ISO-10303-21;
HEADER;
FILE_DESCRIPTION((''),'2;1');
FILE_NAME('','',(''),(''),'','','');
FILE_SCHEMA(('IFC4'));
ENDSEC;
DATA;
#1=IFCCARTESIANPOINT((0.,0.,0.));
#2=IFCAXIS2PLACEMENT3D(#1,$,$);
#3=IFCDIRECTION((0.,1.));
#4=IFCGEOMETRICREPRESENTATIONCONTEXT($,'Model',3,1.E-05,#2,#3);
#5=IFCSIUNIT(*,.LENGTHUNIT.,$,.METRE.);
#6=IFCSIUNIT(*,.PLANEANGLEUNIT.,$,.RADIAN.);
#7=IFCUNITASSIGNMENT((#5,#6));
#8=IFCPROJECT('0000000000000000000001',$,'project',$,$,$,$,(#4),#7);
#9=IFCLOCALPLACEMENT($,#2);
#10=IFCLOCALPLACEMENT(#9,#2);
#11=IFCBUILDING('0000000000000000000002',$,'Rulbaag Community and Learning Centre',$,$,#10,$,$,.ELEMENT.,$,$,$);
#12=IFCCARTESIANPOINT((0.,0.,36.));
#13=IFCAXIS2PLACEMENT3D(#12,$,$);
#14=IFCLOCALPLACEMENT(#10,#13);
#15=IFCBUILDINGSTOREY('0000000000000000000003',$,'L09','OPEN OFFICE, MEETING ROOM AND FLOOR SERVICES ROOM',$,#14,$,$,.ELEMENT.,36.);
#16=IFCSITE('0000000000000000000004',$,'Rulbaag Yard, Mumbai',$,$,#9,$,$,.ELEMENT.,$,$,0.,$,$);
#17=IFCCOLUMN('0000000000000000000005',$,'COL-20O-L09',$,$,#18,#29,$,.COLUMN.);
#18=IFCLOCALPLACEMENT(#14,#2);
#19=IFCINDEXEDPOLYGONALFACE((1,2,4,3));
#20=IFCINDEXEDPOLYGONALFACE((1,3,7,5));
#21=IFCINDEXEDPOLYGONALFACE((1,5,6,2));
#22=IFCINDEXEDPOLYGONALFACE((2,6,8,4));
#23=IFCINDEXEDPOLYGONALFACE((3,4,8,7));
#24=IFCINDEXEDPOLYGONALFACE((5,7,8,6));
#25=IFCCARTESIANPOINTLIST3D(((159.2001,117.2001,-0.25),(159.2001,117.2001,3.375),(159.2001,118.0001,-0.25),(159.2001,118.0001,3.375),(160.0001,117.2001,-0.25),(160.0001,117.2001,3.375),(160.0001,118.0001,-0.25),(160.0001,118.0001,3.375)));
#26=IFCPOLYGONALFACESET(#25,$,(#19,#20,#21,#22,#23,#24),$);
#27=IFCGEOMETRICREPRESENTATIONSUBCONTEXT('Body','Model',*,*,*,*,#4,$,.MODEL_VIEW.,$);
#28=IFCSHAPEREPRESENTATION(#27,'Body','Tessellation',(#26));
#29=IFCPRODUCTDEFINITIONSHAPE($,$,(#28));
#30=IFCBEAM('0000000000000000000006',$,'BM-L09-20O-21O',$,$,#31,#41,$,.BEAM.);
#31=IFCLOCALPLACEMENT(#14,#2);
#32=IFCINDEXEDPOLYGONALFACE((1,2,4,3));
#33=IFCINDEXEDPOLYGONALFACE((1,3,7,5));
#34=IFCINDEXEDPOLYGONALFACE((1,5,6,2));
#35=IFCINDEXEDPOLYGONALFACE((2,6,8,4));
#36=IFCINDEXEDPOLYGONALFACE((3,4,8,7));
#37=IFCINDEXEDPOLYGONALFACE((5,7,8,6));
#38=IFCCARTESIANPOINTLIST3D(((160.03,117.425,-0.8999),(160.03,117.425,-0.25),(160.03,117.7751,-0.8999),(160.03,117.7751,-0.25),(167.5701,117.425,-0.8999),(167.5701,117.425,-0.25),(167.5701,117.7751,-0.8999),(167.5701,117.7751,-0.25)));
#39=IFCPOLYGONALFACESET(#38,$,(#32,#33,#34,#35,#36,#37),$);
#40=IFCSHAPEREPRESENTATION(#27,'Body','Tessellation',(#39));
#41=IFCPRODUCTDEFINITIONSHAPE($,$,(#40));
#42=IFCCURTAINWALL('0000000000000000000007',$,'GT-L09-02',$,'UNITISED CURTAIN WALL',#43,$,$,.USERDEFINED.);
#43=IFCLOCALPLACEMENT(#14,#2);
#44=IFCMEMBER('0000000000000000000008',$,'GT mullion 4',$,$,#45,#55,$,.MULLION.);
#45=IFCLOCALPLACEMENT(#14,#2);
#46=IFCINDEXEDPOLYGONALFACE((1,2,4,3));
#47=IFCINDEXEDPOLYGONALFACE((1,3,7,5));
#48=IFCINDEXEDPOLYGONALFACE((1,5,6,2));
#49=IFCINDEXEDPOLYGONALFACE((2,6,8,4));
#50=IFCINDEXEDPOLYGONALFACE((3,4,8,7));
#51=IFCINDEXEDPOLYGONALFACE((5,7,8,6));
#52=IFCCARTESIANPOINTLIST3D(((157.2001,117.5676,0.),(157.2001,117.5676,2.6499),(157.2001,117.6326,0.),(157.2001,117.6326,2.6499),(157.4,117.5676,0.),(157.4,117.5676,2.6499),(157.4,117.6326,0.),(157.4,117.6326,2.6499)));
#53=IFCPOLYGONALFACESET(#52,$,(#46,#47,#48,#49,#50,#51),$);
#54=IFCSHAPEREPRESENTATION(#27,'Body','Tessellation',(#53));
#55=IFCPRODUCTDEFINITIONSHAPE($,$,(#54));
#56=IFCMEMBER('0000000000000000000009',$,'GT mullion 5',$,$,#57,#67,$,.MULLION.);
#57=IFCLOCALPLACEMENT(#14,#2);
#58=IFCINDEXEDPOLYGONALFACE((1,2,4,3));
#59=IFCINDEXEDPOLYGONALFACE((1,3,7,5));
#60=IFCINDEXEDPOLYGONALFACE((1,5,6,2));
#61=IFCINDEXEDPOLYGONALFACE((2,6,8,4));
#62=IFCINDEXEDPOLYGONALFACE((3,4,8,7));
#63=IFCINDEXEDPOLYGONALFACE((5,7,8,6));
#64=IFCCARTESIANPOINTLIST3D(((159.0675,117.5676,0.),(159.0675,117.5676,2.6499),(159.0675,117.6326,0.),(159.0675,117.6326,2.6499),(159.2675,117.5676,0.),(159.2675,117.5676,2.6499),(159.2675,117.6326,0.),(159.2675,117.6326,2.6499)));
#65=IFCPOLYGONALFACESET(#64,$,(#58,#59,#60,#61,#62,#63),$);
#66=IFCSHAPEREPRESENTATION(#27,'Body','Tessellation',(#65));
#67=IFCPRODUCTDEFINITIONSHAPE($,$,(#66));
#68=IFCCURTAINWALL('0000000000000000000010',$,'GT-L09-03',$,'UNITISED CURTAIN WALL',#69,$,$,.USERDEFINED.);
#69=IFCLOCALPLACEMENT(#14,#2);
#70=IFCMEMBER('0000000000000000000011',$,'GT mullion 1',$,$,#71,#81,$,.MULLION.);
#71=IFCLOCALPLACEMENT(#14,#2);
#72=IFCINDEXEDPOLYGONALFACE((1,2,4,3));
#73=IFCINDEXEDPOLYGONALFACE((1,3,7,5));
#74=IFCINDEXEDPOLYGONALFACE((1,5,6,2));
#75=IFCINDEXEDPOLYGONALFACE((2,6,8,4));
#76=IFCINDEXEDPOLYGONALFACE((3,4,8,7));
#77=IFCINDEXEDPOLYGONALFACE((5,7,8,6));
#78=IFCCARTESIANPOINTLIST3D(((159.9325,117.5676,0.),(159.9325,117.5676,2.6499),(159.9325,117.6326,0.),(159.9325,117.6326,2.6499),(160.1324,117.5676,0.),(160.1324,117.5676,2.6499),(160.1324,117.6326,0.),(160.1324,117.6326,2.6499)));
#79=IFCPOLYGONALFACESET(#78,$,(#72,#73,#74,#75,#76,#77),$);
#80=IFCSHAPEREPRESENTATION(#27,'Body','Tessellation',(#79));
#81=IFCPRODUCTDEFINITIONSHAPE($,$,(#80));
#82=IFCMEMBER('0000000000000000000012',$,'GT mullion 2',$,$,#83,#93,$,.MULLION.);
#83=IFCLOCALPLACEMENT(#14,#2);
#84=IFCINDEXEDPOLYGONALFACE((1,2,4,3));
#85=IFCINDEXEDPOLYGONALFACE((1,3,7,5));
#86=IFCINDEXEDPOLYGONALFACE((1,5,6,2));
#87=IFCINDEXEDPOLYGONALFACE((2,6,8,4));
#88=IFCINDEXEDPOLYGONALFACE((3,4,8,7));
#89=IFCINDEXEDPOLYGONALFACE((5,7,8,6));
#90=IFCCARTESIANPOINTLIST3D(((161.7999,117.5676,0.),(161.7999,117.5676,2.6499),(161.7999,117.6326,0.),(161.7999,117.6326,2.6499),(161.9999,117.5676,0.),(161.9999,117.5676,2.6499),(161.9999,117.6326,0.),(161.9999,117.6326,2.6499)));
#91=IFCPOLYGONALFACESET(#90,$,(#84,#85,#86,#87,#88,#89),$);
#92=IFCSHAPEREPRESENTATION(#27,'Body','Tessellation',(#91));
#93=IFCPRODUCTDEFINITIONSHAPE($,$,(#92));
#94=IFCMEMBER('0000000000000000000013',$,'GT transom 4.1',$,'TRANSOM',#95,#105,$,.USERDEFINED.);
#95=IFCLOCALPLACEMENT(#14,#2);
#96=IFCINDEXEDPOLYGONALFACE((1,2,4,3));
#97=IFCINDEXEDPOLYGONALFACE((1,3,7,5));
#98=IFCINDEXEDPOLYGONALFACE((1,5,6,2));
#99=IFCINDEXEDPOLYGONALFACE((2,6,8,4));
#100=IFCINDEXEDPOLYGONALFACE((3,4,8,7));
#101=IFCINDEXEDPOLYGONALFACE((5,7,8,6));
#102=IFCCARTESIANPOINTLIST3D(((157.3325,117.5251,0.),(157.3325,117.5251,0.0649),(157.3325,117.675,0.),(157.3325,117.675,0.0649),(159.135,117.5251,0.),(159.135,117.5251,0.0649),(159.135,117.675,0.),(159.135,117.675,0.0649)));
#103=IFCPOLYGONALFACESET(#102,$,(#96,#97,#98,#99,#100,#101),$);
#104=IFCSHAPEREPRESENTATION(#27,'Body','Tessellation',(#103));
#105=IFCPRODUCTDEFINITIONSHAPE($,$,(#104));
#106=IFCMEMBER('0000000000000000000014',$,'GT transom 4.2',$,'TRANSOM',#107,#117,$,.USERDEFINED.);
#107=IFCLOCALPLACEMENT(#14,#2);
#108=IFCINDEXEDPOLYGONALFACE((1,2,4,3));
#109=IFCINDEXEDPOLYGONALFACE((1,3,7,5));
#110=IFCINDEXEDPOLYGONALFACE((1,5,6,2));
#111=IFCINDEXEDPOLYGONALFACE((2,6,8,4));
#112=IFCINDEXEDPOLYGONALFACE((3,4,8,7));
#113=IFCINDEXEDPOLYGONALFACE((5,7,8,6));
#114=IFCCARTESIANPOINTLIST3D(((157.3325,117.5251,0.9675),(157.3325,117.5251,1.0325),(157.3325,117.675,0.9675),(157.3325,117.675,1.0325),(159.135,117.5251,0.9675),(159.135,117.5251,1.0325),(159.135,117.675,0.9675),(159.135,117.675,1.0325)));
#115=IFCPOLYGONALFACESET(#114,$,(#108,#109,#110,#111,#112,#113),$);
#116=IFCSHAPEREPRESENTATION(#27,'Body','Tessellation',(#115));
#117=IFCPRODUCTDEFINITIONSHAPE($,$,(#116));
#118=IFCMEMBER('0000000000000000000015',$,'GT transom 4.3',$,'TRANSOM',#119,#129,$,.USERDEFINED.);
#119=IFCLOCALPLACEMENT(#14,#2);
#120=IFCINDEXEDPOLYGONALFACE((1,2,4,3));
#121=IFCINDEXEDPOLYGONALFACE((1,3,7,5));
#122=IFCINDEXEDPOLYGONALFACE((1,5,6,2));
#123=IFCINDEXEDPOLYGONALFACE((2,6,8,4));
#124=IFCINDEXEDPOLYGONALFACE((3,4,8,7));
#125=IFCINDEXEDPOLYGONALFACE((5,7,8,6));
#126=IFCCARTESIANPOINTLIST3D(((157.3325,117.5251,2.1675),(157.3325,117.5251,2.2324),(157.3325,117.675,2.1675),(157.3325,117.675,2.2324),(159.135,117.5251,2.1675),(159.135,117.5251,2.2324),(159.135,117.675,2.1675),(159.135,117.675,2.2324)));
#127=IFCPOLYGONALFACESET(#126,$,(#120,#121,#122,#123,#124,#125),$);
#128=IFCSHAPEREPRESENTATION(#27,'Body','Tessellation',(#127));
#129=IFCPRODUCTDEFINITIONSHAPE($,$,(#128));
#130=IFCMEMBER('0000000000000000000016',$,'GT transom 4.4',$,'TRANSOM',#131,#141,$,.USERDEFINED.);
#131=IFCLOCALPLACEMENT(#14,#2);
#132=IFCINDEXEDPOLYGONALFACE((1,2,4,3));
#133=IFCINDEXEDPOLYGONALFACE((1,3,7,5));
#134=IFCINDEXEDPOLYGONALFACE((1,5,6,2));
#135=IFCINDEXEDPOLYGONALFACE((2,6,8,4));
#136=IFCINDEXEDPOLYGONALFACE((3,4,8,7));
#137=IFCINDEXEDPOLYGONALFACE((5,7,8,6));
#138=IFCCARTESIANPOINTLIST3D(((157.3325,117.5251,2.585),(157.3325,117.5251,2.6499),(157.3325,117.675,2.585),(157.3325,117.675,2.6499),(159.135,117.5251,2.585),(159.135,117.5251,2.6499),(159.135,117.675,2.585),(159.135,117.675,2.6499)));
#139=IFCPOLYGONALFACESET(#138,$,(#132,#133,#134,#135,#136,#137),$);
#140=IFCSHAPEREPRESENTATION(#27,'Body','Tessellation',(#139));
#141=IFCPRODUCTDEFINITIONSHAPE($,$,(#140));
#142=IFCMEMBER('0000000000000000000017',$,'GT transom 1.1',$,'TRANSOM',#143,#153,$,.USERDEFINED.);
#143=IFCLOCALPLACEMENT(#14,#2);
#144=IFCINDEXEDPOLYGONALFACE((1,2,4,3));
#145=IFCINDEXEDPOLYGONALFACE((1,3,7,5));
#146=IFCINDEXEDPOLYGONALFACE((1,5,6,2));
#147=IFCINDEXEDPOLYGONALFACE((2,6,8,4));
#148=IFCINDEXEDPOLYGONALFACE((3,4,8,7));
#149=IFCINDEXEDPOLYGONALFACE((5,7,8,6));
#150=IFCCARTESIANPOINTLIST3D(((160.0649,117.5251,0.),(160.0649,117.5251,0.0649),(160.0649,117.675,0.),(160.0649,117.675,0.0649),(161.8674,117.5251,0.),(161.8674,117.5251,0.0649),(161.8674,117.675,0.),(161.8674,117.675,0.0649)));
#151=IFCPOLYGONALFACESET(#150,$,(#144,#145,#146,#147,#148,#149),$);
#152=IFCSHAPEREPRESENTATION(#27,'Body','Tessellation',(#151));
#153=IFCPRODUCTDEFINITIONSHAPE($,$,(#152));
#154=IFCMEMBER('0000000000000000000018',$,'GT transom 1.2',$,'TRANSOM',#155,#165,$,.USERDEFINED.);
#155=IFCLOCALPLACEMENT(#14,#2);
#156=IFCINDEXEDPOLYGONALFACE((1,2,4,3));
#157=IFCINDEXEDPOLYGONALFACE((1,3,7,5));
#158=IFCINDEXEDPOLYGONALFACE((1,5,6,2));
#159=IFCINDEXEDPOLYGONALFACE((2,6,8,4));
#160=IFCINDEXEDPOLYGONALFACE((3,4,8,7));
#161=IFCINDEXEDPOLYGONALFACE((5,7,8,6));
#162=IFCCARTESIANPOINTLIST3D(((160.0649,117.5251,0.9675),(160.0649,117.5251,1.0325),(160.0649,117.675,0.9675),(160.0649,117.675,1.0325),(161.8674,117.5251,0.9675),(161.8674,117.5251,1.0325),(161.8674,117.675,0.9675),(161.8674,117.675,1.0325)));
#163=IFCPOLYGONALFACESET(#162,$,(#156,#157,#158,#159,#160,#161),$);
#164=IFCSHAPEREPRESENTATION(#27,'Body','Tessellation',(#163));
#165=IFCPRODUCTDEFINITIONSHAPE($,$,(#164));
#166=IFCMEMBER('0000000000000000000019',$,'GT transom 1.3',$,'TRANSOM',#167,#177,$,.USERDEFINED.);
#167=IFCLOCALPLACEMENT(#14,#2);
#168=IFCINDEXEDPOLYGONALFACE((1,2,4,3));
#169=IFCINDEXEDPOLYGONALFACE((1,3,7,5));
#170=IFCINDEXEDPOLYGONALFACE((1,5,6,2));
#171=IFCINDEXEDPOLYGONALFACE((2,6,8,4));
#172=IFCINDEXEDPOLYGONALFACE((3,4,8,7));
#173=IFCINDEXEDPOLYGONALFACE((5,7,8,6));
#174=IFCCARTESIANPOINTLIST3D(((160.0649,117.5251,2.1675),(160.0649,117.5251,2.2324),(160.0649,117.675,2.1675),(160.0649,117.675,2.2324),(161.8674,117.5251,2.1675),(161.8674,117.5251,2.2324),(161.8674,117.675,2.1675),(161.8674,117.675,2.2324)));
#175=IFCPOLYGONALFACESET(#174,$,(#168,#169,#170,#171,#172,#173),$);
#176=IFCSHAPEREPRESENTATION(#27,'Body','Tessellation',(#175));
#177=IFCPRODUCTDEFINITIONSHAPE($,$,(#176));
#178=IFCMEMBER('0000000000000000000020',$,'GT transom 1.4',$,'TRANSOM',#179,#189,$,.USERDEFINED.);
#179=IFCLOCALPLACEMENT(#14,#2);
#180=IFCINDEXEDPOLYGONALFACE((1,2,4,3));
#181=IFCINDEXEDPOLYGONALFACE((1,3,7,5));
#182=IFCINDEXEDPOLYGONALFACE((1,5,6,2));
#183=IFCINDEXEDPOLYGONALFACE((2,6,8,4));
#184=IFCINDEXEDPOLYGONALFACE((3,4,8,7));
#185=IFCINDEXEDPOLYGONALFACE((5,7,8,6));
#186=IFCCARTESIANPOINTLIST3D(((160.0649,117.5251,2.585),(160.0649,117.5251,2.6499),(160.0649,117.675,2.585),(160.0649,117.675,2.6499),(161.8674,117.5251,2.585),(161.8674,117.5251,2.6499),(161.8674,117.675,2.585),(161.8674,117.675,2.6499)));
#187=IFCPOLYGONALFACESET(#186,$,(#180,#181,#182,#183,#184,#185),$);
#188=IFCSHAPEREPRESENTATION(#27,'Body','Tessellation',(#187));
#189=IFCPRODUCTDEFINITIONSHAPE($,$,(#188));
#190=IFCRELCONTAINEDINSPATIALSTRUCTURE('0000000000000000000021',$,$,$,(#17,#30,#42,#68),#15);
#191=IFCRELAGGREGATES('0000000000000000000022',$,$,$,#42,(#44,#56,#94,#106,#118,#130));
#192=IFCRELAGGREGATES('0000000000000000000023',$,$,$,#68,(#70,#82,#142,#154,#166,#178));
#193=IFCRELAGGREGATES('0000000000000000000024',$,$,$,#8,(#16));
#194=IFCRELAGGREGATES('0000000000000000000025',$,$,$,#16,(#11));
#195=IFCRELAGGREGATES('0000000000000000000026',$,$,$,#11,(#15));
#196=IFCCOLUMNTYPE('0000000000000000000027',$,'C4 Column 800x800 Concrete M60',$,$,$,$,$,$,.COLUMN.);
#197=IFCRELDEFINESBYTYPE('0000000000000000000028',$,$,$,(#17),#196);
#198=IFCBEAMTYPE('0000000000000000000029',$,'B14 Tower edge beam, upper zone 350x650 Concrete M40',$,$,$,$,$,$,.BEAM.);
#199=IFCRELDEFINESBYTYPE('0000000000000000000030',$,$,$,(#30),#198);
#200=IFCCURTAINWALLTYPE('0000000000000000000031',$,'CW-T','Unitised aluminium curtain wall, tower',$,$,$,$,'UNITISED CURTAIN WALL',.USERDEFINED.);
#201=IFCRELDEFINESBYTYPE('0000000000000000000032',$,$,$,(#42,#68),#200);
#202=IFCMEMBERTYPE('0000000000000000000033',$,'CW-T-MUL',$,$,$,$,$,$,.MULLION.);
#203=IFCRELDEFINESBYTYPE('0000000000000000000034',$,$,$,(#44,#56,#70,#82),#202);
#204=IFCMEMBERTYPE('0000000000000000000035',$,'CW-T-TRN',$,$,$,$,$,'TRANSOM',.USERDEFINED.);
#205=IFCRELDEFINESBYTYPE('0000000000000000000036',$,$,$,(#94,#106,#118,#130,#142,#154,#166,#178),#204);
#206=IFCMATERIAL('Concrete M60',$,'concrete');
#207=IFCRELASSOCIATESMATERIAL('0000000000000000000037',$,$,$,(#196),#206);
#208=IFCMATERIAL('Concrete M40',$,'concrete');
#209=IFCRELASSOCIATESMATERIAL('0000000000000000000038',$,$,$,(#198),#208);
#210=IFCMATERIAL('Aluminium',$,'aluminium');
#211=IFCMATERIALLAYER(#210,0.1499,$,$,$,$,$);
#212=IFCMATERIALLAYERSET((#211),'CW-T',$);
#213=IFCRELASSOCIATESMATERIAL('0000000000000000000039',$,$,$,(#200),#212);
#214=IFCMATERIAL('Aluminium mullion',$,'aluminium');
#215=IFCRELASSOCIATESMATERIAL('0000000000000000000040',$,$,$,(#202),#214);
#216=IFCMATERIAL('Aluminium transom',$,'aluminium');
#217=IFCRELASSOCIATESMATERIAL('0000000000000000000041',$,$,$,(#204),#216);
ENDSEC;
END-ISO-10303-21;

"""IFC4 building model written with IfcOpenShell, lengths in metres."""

from ifc_helpers import new_model, si_unit, direction, frame, origin, origin_2d, place, context, subcontext, project, spatial, rectangle, extrude, material, layer, layer_set, material_profile, profile_set, type_object, element, aggregate, save


model = new_model("IFC4")

# Units and contexts
model_context = context("Model", 3, precision=1e-05, world=origin(), true_north=direction((0.0, 1.0)))
body_context = subcontext(model_context, "Body", "Model", "MODEL_VIEW")
ifc_project = project(units=[si_unit("LENGTHUNIT", "METRE"), si_unit("PLANEANGLEUNIT", "RADIAN")], contexts=[model_context])

# Site, building, storey
site_placement = place(None, origin())
site = spatial("IfcSite", under=ifc_project, at=site_placement, Name="Rulbaag Yard, Mumbai", CompositionType="ELEMENT", RefElevation=0.0)
building_placement = place(site_placement, origin())
building = spatial("IfcBuilding", under=site, at=building_placement, Name="Rulbaag Community and Learning Centre", CompositionType="ELEMENT")
storey_placement = place(building_placement, frame((0.0, 0.0, 36.0)))
storey = spatial("IfcBuildingStorey", under=building, at=storey_placement, Name="L09", Description="OPEN OFFICE, MEETING ROOM AND FLOOR SERVICES ROOM", CompositionType="ELEMENT", Elevation=36.0)

# Column
ifc_material_1 = material(Name="Concrete M60", Category="concrete")
ifc_material_profile_1 = material_profile(ifc_material_1, rectangle(XDim=0.8, YDim=0.8, at=origin_2d()), Name="RC800x800")
ifc_profile_set_1 = profile_set([ifc_material_profile_1], Name="Concrete M60")
column_type = type_object("IfcColumnType", Name="C4 Column 800x800 Concrete M60", PredefinedType="COLUMN", material=ifc_profile_set_1)
column_placement = place(storey_placement, frame((159.6001, 117.6001, -0.25), z_axis=(0.0, 0.0, 1.0), x_axis=(1.0, 0.0, 0.0)))
element("IfcColumn", 1, at=column_placement, inside=storey, type_object=column_type, Name="COL-20O-L09", PredefinedType="COLUMN", context=body_context, shape_type="SweptSolid", body=[
    extrude(rectangle(XDim=0.8, YDim=0.8, at=origin_2d()), origin(), (0.0, 0.0, 1.0), 3.625),
])

# Beam
ifc_material_2 = material(Name="Concrete M40", Category="concrete")
ifc_material_profile_2 = material_profile(ifc_material_2, rectangle(XDim=0.3501, YDim=0.6499, at=origin_2d()), Name="RB350x650")
ifc_profile_set_2 = profile_set([ifc_material_profile_2], Name="Concrete M40")
beam_type = type_object("IfcBeamType", Name="B14 Tower edge beam, upper zone 350x650 Concrete M40", PredefinedType="BEAM", material=ifc_profile_set_2)
beam_placement = place(storey_placement, frame((160.03, 117.6001, -0.575), z_axis=(1.0, 0.0, 0.0), x_axis=(0.0, 1.0, 0.0)))
element("IfcBeam", 2, at=beam_placement, inside=storey, type_object=beam_type, Name="BM-L09-20O-21O", PredefinedType="BEAM", context=body_context, shape_type="SweptSolid", body=[
    extrude(rectangle(XDim=0.3501, YDim=0.6499, at=origin_2d()), origin(), (0.0, 0.0, 1.0), 7.54),
])

# Curtain walls, members
ifc_material_3 = material(Name="Aluminium", Category="aluminium")
ifc_layer_1 = layer(ifc_material_3, 0.1499)
ifc_layer_set_1 = layer_set([ifc_layer_1], Name="CW-T")
curtain_wall_type = type_object("IfcCurtainWallType", Name="CW-T", Description="Unitised aluminium curtain wall, tower", ElementType="UNITISED CURTAIN WALL", PredefinedType="USERDEFINED", material=ifc_layer_set_1)
curtain_wall_1_placement = place(storey_placement, origin())
curtain_wall_1 = element("IfcCurtainWall", 3, at=curtain_wall_1_placement, inside=storey, type_object=curtain_wall_type, Name="GT-L09-02", ObjectType="UNITISED CURTAIN WALL", PredefinedType="USERDEFINED")
ifc_material_4 = material(Name="Aluminium mullion", Category="aluminium")
ifc_material_profile_3 = material_profile(ifc_material_4, rectangle(XDim=0.0649, YDim=0.2, at=origin_2d()), Name="AL 65x200")
ifc_profile_set_3 = profile_set([ifc_material_profile_3], Name="Aluminium mullion")
member_type_1 = type_object("IfcMemberType", Name="CW-T-MUL", PredefinedType="MULLION", material=ifc_profile_set_3)
member_1_placement = place(storey_placement, frame((157.3, 117.6001, 0.0), z_axis=(0.0, 0.0, 1.0), x_axis=(0.0, 1.0, 0.0)))
member_1 = element("IfcMember", 4, at=member_1_placement, type_object=member_type_1, Name="GT mullion 4", PredefinedType="MULLION", context=body_context, shape_type="SweptSolid", body=[
    extrude(rectangle(XDim=0.0649, YDim=0.2, at=origin_2d()), origin(), (0.0, 0.0, 1.0), 2.6499),
])
member_2_placement = place(storey_placement, frame((159.1675, 117.6001, 0.0), z_axis=(0.0, 0.0, 1.0), x_axis=(0.0, 1.0, 0.0)))
member_2 = element("IfcMember", 5, at=member_2_placement, type_object=member_type_1, Name="GT mullion 5", PredefinedType="MULLION", context=body_context, shape_type="SweptSolid", body=[
    extrude(rectangle(XDim=0.0649, YDim=0.2, at=origin_2d()), origin(), (0.0, 0.0, 1.0), 2.6499),
])
curtain_wall_2_placement = place(storey_placement, origin())
curtain_wall_2 = element("IfcCurtainWall", 6, at=curtain_wall_2_placement, inside=storey, type_object=curtain_wall_type, Name="GT-L09-03", ObjectType="UNITISED CURTAIN WALL", PredefinedType="USERDEFINED")
member_3_placement = place(storey_placement, frame((160.0325, 117.6001, 0.0), z_axis=(0.0, 0.0, 1.0), x_axis=(0.0, 1.0, 0.0)))
member_3 = element("IfcMember", 7, at=member_3_placement, type_object=member_type_1, Name="GT mullion 1", PredefinedType="MULLION", context=body_context, shape_type="SweptSolid", body=[
    extrude(rectangle(XDim=0.0649, YDim=0.2, at=origin_2d()), origin(), (0.0, 0.0, 1.0), 2.6499),
])
member_4_placement = place(storey_placement, frame((161.8999, 117.6001, 0.0), z_axis=(0.0, 0.0, 1.0), x_axis=(0.0, 1.0, 0.0)))
member_4 = element("IfcMember", 8, at=member_4_placement, type_object=member_type_1, Name="GT mullion 2", PredefinedType="MULLION", context=body_context, shape_type="SweptSolid", body=[
    extrude(rectangle(XDim=0.0649, YDim=0.2, at=origin_2d()), origin(), (0.0, 0.0, 1.0), 2.6499),
])

# Members
ifc_material_5 = material(Name="Aluminium transom", Category="aluminium")
ifc_material_profile_4 = material_profile(ifc_material_5, rectangle(XDim=0.1499, YDim=0.0649, at=origin_2d()), Name="AL 65x150 T")
ifc_profile_set_4 = profile_set([ifc_material_profile_4], Name="Aluminium transom")
member_type_2 = type_object("IfcMemberType", Name="CW-T-TRN", ElementType="TRANSOM", PredefinedType="USERDEFINED", material=ifc_profile_set_4)
member_5_placement = place(storey_placement, frame((157.3325, 117.6001, 0.0325), z_axis=(1.0, 0.0, 0.0), x_axis=(0.0, 1.0, 0.0)))
member_5 = element("IfcMember", 9, at=member_5_placement, type_object=member_type_2, Name="GT transom 4.1", ObjectType="TRANSOM", PredefinedType="USERDEFINED", context=body_context, shape_type="SweptSolid", body=[
    extrude(rectangle(XDim=0.1499, YDim=0.0649, at=origin_2d()), origin(), (0.0, 0.0, 1.0), 1.8025),
])
member_6_placement = place(storey_placement, frame((157.3325, 117.6001, 1.0), z_axis=(1.0, 0.0, 0.0), x_axis=(0.0, 1.0, 0.0)))
member_6 = element("IfcMember", 10, at=member_6_placement, type_object=member_type_2, Name="GT transom 4.2", ObjectType="TRANSOM", PredefinedType="USERDEFINED", context=body_context, shape_type="SweptSolid", body=[
    extrude(rectangle(XDim=0.1499, YDim=0.0649, at=origin_2d()), origin(), (0.0, 0.0, 1.0), 1.8025),
])
member_7_placement = place(storey_placement, frame((157.3325, 117.6001, 2.2), z_axis=(1.0, 0.0, 0.0), x_axis=(0.0, 1.0, 0.0)))
member_7 = element("IfcMember", 11, at=member_7_placement, type_object=member_type_2, Name="GT transom 4.3", ObjectType="TRANSOM", PredefinedType="USERDEFINED", context=body_context, shape_type="SweptSolid", body=[
    extrude(rectangle(XDim=0.1499, YDim=0.0649, at=origin_2d()), origin(), (0.0, 0.0, 1.0), 1.8025),
])
member_8_placement = place(storey_placement, frame((157.3325, 117.6001, 2.6174), z_axis=(1.0, 0.0, 0.0), x_axis=(0.0, 1.0, 0.0)))
member_8 = element("IfcMember", 12, at=member_8_placement, type_object=member_type_2, Name="GT transom 4.4", ObjectType="TRANSOM", PredefinedType="USERDEFINED", context=body_context, shape_type="SweptSolid", body=[
    extrude(rectangle(XDim=0.1499, YDim=0.0649, at=origin_2d()), origin(), (0.0, 0.0, 1.0), 1.8025),
])
member_9_placement = place(storey_placement, frame((160.0649, 117.6001, 0.0325), z_axis=(1.0, 0.0, 0.0), x_axis=(0.0, 1.0, 0.0)))
member_9 = element("IfcMember", 13, at=member_9_placement, type_object=member_type_2, Name="GT transom 1.1", ObjectType="TRANSOM", PredefinedType="USERDEFINED", context=body_context, shape_type="SweptSolid", body=[
    extrude(rectangle(XDim=0.1499, YDim=0.0649, at=origin_2d()), origin(), (0.0, 0.0, 1.0), 1.8025),
])
member_10_placement = place(storey_placement, frame((160.0649, 117.6001, 1.0), z_axis=(1.0, 0.0, 0.0), x_axis=(0.0, 1.0, 0.0)))
member_10 = element("IfcMember", 14, at=member_10_placement, type_object=member_type_2, Name="GT transom 1.2", ObjectType="TRANSOM", PredefinedType="USERDEFINED", context=body_context, shape_type="SweptSolid", body=[
    extrude(rectangle(XDim=0.1499, YDim=0.0649, at=origin_2d()), origin(), (0.0, 0.0, 1.0), 1.8025),
])
member_11_placement = place(storey_placement, frame((160.0649, 117.6001, 2.2), z_axis=(1.0, 0.0, 0.0), x_axis=(0.0, 1.0, 0.0)))
member_11 = element("IfcMember", 15, at=member_11_placement, type_object=member_type_2, Name="GT transom 1.3", ObjectType="TRANSOM", PredefinedType="USERDEFINED", context=body_context, shape_type="SweptSolid", body=[
    extrude(rectangle(XDim=0.1499, YDim=0.0649, at=origin_2d()), origin(), (0.0, 0.0, 1.0), 1.8025),
])
member_12_placement = place(storey_placement, frame((160.0649, 117.6001, 2.6174), z_axis=(1.0, 0.0, 0.0), x_axis=(0.0, 1.0, 0.0)))
member_12 = element("IfcMember", 16, at=member_12_placement, type_object=member_type_2, Name="GT transom 1.4", ObjectType="TRANSOM", PredefinedType="USERDEFINED", context=body_context, shape_type="SweptSolid", body=[
    extrude(rectangle(XDim=0.1499, YDim=0.0649, at=origin_2d()), origin(), (0.0, 0.0, 1.0), 1.8025),
])

aggregate(curtain_wall_1, [member_1, member_2, member_5, member_6, member_7, member_8])
aggregate(curtain_wall_2, [member_3, member_4, member_9, member_10, member_11, member_12])

save(model, "model.ifc")
